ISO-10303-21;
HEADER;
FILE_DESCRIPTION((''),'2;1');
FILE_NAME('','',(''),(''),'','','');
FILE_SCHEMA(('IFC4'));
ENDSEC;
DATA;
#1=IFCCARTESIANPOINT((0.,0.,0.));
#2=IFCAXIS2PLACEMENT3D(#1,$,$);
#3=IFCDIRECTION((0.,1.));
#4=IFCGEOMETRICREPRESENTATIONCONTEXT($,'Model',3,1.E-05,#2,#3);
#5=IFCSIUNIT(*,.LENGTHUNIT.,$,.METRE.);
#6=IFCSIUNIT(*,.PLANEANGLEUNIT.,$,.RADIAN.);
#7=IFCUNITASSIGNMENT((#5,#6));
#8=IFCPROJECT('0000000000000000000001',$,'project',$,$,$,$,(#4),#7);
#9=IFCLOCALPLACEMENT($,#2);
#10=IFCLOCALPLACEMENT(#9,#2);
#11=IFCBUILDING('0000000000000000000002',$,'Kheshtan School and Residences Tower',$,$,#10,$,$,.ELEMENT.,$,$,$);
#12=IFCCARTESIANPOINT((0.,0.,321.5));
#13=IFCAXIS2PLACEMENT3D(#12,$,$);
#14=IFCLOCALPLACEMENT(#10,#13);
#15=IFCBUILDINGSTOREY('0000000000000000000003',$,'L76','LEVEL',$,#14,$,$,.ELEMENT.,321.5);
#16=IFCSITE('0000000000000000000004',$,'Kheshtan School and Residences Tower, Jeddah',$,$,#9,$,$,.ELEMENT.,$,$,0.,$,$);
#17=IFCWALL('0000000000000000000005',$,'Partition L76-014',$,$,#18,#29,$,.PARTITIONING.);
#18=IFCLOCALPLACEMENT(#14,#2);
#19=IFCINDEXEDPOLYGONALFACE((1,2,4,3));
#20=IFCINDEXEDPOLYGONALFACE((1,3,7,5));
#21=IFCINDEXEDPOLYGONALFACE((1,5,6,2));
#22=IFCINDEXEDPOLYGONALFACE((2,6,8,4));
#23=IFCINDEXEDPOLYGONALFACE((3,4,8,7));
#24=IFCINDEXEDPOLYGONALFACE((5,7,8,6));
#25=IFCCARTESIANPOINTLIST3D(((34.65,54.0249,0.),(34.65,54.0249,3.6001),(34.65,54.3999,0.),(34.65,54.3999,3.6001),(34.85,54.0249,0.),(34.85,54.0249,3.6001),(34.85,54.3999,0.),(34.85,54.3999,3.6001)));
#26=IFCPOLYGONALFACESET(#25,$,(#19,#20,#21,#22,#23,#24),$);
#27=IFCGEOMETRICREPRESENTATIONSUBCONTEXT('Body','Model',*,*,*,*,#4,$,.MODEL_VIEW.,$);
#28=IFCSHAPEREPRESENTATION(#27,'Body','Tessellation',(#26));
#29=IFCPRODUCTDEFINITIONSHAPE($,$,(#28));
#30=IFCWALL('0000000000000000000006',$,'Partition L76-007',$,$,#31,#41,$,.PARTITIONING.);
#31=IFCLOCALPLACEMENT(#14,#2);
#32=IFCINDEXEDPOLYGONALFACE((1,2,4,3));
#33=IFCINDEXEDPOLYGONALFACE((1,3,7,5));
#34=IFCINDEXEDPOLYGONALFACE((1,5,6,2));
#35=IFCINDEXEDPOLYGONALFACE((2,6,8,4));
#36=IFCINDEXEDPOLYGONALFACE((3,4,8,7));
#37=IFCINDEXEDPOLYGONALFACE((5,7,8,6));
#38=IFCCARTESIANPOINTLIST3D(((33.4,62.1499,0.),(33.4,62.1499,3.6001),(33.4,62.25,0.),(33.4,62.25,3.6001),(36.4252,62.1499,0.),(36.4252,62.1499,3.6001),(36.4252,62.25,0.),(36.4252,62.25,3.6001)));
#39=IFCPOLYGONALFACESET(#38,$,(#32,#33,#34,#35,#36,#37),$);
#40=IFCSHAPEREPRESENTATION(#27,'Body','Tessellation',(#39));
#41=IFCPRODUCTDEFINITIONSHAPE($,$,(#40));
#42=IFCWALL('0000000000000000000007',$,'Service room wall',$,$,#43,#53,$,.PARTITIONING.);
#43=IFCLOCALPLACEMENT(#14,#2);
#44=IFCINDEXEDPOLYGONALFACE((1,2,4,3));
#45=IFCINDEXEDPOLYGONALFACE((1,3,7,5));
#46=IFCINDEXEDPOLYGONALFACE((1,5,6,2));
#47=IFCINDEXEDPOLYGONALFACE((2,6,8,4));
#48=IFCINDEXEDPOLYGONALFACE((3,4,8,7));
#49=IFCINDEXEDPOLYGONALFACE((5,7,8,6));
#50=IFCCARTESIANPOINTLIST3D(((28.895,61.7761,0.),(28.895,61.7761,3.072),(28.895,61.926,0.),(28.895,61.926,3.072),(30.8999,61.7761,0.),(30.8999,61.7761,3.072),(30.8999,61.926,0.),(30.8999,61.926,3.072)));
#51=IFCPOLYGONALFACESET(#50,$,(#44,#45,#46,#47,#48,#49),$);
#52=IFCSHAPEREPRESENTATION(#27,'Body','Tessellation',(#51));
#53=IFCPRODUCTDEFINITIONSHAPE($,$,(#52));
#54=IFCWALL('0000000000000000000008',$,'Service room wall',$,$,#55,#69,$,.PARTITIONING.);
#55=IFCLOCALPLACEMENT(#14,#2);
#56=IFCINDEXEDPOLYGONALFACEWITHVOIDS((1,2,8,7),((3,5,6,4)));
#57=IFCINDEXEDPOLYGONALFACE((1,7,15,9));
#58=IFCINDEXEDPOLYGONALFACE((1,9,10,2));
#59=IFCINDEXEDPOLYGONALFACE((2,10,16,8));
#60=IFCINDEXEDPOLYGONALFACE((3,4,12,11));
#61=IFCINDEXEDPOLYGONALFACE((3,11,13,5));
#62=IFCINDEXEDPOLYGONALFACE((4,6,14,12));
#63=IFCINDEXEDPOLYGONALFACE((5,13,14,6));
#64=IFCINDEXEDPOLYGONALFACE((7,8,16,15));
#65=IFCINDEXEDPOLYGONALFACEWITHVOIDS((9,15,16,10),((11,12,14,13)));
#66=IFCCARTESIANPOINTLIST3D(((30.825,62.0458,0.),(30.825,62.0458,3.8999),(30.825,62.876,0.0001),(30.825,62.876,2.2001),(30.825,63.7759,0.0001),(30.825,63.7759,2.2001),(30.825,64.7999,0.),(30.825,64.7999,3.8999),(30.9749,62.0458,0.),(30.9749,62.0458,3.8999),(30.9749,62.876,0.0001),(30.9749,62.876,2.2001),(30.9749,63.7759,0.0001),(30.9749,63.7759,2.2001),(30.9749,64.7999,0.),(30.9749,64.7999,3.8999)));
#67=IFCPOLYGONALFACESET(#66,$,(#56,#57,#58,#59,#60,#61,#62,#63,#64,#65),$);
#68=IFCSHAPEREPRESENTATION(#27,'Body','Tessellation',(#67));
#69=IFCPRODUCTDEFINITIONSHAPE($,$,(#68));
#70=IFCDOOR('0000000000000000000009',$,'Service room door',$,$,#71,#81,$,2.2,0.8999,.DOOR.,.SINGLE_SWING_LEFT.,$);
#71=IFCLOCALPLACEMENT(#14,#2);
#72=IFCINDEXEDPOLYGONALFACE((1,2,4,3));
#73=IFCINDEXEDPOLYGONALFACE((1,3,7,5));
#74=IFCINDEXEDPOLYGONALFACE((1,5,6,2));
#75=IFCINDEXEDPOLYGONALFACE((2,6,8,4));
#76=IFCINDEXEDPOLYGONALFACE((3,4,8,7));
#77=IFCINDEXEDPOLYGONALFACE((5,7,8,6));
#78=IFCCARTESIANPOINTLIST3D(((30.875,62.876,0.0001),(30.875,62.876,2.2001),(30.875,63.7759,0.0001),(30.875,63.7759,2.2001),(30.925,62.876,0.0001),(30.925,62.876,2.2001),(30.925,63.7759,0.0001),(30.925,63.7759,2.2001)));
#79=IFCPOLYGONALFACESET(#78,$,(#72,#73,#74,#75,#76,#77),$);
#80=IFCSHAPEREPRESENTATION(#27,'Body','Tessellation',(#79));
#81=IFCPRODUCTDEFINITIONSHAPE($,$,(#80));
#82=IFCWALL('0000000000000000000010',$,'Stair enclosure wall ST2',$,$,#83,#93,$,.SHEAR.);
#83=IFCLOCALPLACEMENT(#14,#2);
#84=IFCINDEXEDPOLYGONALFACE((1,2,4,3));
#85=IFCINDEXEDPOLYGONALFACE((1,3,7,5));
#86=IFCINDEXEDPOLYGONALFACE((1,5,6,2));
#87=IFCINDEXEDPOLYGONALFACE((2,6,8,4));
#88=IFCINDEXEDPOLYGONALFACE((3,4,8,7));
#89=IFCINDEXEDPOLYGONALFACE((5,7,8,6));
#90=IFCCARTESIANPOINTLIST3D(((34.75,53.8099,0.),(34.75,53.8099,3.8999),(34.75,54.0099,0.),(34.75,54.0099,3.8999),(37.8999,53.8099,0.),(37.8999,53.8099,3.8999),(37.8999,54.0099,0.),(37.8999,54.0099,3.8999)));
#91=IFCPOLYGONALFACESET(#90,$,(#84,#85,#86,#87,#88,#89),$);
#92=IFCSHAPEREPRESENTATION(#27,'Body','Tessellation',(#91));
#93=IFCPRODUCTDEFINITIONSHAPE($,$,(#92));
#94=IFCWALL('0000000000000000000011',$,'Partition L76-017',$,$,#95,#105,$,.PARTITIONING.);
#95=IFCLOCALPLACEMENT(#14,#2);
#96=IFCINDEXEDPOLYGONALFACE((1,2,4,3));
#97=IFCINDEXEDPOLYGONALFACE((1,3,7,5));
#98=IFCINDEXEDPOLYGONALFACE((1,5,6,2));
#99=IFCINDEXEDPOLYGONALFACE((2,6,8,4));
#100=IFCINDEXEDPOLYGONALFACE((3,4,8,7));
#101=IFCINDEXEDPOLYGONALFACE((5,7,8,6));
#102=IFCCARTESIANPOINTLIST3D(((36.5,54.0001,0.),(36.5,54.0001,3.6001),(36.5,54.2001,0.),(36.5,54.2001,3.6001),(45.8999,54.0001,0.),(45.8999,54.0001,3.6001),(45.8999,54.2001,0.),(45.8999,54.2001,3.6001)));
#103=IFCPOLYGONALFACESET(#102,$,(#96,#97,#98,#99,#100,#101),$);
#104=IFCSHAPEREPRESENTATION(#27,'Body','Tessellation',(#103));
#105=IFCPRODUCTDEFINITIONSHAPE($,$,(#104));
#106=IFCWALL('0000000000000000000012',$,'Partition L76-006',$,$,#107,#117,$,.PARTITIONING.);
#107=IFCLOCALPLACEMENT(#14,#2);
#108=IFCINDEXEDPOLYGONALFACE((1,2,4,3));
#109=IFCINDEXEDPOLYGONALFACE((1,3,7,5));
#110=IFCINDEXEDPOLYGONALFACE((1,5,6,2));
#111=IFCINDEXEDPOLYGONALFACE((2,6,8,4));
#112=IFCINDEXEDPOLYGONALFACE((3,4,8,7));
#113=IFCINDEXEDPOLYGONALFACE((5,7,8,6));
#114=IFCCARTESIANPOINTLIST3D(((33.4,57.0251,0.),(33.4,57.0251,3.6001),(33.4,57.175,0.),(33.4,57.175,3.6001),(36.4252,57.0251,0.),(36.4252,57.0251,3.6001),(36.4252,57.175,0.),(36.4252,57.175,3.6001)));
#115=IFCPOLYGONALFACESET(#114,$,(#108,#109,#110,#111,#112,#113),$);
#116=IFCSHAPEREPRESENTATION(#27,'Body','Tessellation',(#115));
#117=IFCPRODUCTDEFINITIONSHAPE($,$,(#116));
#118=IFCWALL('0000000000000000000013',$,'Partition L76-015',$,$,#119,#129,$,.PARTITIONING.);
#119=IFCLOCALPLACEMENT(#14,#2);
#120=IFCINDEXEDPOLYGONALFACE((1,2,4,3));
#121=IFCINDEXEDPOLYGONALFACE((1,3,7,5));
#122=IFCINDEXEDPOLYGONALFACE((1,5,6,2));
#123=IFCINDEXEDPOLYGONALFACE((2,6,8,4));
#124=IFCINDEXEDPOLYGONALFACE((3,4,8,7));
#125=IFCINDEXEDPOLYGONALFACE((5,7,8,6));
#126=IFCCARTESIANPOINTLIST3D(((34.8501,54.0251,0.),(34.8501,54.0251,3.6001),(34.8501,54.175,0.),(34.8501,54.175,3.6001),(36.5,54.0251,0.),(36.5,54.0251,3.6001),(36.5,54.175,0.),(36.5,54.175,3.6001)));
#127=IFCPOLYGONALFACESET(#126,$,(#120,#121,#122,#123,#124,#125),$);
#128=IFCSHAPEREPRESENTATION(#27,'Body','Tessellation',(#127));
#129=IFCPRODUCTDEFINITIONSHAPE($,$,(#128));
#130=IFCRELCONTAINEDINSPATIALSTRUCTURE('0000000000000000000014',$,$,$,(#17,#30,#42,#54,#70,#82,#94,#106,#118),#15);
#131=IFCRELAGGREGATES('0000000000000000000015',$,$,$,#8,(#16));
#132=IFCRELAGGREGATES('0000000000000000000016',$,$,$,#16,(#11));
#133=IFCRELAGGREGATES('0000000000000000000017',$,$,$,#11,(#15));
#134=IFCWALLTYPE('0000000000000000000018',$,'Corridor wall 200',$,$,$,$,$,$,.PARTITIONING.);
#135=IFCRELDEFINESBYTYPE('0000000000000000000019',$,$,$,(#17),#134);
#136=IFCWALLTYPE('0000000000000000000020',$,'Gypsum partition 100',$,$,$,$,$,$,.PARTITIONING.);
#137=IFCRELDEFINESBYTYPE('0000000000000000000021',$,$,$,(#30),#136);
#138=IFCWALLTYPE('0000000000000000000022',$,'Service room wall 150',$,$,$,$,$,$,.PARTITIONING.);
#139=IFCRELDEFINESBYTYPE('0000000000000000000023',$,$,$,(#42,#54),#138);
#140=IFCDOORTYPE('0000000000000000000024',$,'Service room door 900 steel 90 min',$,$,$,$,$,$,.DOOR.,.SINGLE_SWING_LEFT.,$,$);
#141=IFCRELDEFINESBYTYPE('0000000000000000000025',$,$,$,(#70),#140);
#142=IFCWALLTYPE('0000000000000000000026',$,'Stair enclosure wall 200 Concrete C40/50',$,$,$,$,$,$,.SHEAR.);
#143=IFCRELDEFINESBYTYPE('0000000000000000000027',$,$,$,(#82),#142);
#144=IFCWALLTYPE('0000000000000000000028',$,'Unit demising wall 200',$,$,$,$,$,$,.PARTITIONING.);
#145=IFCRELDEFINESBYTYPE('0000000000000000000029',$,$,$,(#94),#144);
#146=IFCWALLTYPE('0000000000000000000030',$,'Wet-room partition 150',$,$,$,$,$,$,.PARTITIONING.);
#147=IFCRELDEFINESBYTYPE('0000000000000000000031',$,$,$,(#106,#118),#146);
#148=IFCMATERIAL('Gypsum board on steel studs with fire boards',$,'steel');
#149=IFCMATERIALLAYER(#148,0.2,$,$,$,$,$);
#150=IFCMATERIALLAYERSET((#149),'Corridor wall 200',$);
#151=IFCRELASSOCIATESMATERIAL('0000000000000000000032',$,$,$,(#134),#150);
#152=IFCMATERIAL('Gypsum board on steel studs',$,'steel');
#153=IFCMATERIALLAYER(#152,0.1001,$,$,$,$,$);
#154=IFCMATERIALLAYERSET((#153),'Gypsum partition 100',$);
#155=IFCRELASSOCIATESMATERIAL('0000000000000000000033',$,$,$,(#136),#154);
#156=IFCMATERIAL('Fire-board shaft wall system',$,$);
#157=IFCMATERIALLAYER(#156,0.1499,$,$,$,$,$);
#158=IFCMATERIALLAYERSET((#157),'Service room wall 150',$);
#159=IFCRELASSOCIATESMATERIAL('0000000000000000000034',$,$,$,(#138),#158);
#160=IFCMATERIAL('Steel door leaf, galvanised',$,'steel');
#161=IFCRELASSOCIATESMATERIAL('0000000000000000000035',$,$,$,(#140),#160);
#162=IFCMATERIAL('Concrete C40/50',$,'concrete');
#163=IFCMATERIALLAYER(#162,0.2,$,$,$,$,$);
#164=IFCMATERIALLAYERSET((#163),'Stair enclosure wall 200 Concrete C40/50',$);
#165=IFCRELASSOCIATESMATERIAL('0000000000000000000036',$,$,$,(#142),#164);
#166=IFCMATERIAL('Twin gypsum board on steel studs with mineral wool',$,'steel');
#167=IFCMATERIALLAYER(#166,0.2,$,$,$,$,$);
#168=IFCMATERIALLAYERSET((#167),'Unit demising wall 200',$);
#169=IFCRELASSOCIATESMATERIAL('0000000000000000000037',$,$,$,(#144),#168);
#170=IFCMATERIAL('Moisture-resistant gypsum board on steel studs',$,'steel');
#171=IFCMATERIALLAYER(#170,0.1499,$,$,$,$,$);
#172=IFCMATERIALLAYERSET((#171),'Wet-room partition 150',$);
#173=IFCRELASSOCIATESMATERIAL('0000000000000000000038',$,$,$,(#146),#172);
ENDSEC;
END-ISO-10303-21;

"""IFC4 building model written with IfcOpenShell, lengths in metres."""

from ifc_helpers import new_model, si_unit, direction, frame, frame_2d, origin, place, context, subcontext, project, spatial, rectangle, extrude, source, transform, mapped, material, layer, layer_set, type_object, element, fill, save


model = new_model("IFC4")

# Units and contexts
model_context = context("Model", 3, precision=1e-05, world=origin(), true_north=direction((0.0, 1.0)))
body_context = subcontext(model_context, "Body", "Model", "MODEL_VIEW")
ifc_project = project(units=[si_unit("LENGTHUNIT", "METRE"), si_unit("PLANEANGLEUNIT", "RADIAN")], contexts=[model_context])

# Site, building, storey
site_placement = place(None, origin())
site = spatial("IfcSite", under=ifc_project, at=site_placement, Name="Kheshtan School and Residences Tower, Jeddah", CompositionType="ELEMENT", RefElevation=0.0)
building_placement = place(site_placement, origin())
building = spatial("IfcBuilding", under=site, at=building_placement, Name="Kheshtan School and Residences Tower", CompositionType="ELEMENT")
storey_placement = place(building_placement, frame((0.0, 0.0, 321.5)))
storey = spatial("IfcBuildingStorey", under=building, at=storey_placement, Name="L76", Description="LEVEL", CompositionType="ELEMENT", Elevation=321.5)

# Shared definitions
ifc_material_1 = material(Name="Gypsum board on steel studs with fire boards", Category="steel")
ifc_layer_1 = layer(ifc_material_1, 0.2)
ifc_layer_set_1 = layer_set([ifc_layer_1], Name="Corridor wall 200")
wall_type_1 = type_object("IfcWallType", Name="Corridor wall 200", PredefinedType="PARTITIONING", material=ifc_layer_set_1)

# Walls
wall_1_placement = place(storey_placement, frame((34.75, 54.0249, 0.0), z_axis=(0.0, 0.0, 1.0), x_axis=(0.0, 1.0, 0.0)))
element("IfcWall", 1, at=wall_1_placement, inside=storey, type_object=wall_type_1, Name="Partition L76-014", PredefinedType="PARTITIONING", context=body_context, shape_type="SweptSolid", body=[
    extrude(rectangle(XDim=0.375, YDim=0.2, at=frame_2d((0.1875, 0.0))), origin(), (0.0, 0.0, 1.0), 3.6001),
])
ifc_material_2 = material(Name="Gypsum board on steel studs", Category="steel")
ifc_layer_2 = layer(ifc_material_2, 0.1001)
ifc_layer_set_2 = layer_set([ifc_layer_2], Name="Gypsum partition 100")
wall_type_2 = type_object("IfcWallType", Name="Gypsum partition 100", PredefinedType="PARTITIONING", material=ifc_layer_set_2)
wall_2_placement = place(storey_placement, frame((33.3999, 62.2, 0.0), z_axis=(0.0, 0.0, 1.0), x_axis=(1.0, 0.0, 0.0)))
element("IfcWall", 2, at=wall_2_placement, inside=storey, type_object=wall_type_2, Name="Partition L76-007", PredefinedType="PARTITIONING", context=body_context, shape_type="SweptSolid", body=[
    extrude(rectangle(XDim=3.0251, YDim=0.1001, at=frame_2d((1.5127, 0.0))), origin(), (0.0, 0.0, 1.0), 3.6001),
])
ifc_material_3 = material(Name="Fire-board shaft wall system")
ifc_layer_3 = layer(ifc_material_3, 0.1499)
ifc_layer_set_3 = layer_set([ifc_layer_3], Name="Service room wall 150")
wall_type_3 = type_object("IfcWallType", Name="Service room wall 150", PredefinedType="PARTITIONING", material=ifc_layer_set_3)
wall_3_placement = place(storey_placement, frame((28.895, 61.8511, 0.0), z_axis=(0.0, 0.0, 1.0), x_axis=(1.0, 0.0, 0.0)))
element("IfcWall", 3, at=wall_3_placement, inside=storey, type_object=wall_type_3, Name="Service room wall", PredefinedType="PARTITIONING", context=body_context, shape_type="SweptSolid", body=[
    extrude(rectangle(XDim=2.0049, YDim=0.1499, at=frame_2d((1.0024, 0.0))), origin(), (0.0, 0.0, 1.0), 3.072),
])

# Wall, opening, door
wall_4_placement = place(storey_placement, frame((30.8999, 62.0459, 0.0), z_axis=(0.0, 0.0, 1.0), x_axis=(0.0, 1.0, 0.0)))
wall_4 = element("IfcWall", 4, at=wall_4_placement, inside=storey, type_object=wall_type_3, Name="Service room wall", PredefinedType="PARTITIONING", context=body_context, shape_type="SweptSolid", body=[
    extrude(rectangle(XDim=2.7542, YDim=0.1499, at=frame_2d((1.377, 0.0))), origin(), (0.0, 0.0, 1.0), 3.8999),
])
opening_1_placement = place(wall_4_placement, frame((0.8301, 0.0, 0.0)))
opening_1 = element("IfcOpeningElement", 5, at=opening_1_placement, cuts=wall_4, PredefinedType="OPENING", context=body_context, shape_type="SweptSolid", body=[
    extrude(rectangle(XDim=0.8999, YDim=2.2, at=frame_2d((0.45, 1.1001))), frame((0.0, 0.085, 0.0), z_axis=(0.0, -1.0, 0.0), x_axis=(1.0, 0.0, 0.0)), (0.0, 0.0, 1.0), 0.1699),
])
ifc_material_4 = material(Name="Steel door leaf, galvanised", Category="steel")
door_type_1 = type_object("IfcDoorType", Name="Service room door 900 steel 90 min", OperationType="SINGLE_SWING_LEFT", PredefinedType="DOOR", material=ifc_material_4)
shared_shape_1 = source(origin(), body_context, "Body", "SweptSolid", [
    extrude(rectangle(XDim=0.8999, YDim=2.2, at=frame_2d((0.45, 1.1001))), frame((0.0, 0.0249, 0.0), z_axis=(0.0, -1.0, 0.0), x_axis=(1.0, 0.0, 0.0)), (0.0, 0.0, 1.0), 0.05),
])
door_1_placement = place(opening_1_placement, origin())
door_1 = element("IfcDoor", 6, at=door_1_placement, inside=storey, type_object=door_type_1, Name="Service room door", OperationType="SINGLE_SWING_LEFT", OverallHeight=2.2, OverallWidth=0.8999, PredefinedType="DOOR", context=body_context, shape_type="MappedRepresentation", body=[
    mapped(shared_shape_1, transform((0.0, 0.0, 0.0), x_axis=(1.0, 0.0, 0.0), y_axis=(0.0, 1.0, 0.0), z_axis=(0.0, 0.0, 1.0), scale=1.0)),
])
fill(opening_1, door_1)

# Walls
ifc_material_5 = material(Name="Concrete C40/50", Category="concrete")
ifc_layer_4 = layer(ifc_material_5, 0.2)
ifc_layer_set_4 = layer_set([ifc_layer_4], Name="Stair enclosure wall 200 Concrete C40/50")
wall_type_4 = type_object("IfcWallType", Name="Stair enclosure wall 200 Concrete C40/50", PredefinedType="SHEAR", material=ifc_layer_set_4)
wall_5_placement = place(storey_placement, frame((34.75, 53.9099, 0.0), z_axis=(0.0, 0.0, 1.0), x_axis=(1.0, 0.0, 0.0)))
element("IfcWall", 7, at=wall_5_placement, inside=storey, type_object=wall_type_4, Name="Stair enclosure wall ST2", PredefinedType="SHEAR", context=body_context, shape_type="SweptSolid", body=[
    extrude(rectangle(XDim=3.1499, YDim=0.2, at=frame_2d((1.575, 0.0))), origin(), (0.0, 0.0, 1.0), 3.8999),
])
ifc_material_6 = material(Name="Twin gypsum board on steel studs with mineral wool", Category="steel")
ifc_layer_5 = layer(ifc_material_6, 0.2)
ifc_layer_set_5 = layer_set([ifc_layer_5], Name="Unit demising wall 200")
wall_type_5 = type_object("IfcWallType", Name="Unit demising wall 200", PredefinedType="PARTITIONING", material=ifc_layer_set_5)
wall_6_placement = place(storey_placement, frame((36.5, 54.1001, 0.0), z_axis=(0.0, 0.0, 1.0), x_axis=(1.0, 0.0, 0.0)))
element("IfcWall", 8, at=wall_6_placement, inside=storey, type_object=wall_type_5, Name="Partition L76-017", PredefinedType="PARTITIONING", context=body_context, shape_type="SweptSolid", body=[
    extrude(rectangle(XDim=9.3999, YDim=0.2, at=frame_2d((4.7, 0.0))), origin(), (0.0, 0.0, 1.0), 3.6001),
])
ifc_material_7 = material(Name="Moisture-resistant gypsum board on steel studs", Category="steel")
ifc_layer_6 = layer(ifc_material_7, 0.1499)
ifc_layer_set_6 = layer_set([ifc_layer_6], Name="Wet-room partition 150")
wall_type_6 = type_object("IfcWallType", Name="Wet-room partition 150", PredefinedType="PARTITIONING", material=ifc_layer_set_6)
wall_7_placement = place(storey_placement, frame((33.3999, 57.1001, 0.0), z_axis=(0.0, 0.0, 1.0), x_axis=(1.0, 0.0, 0.0)))
element("IfcWall", 9, at=wall_7_placement, inside=storey, type_object=wall_type_6, Name="Partition L76-006", PredefinedType="PARTITIONING", context=body_context, shape_type="SweptSolid", body=[
    extrude(rectangle(XDim=3.0251, YDim=0.1499, at=frame_2d((1.5127, 0.0))), origin(), (0.0, 0.0, 1.0), 3.6001),
])
wall_8_placement = place(storey_placement, frame((34.8501, 54.1001, 0.0), z_axis=(0.0, 0.0, 1.0), x_axis=(1.0, 0.0, 0.0)))
element("IfcWall", 10, at=wall_8_placement, inside=storey, type_object=wall_type_6, Name="Partition L76-015", PredefinedType="PARTITIONING", context=body_context, shape_type="SweptSolid", body=[
    extrude(rectangle(XDim=1.6499, YDim=0.1499, at=frame_2d((0.825, 0.0))), origin(), (0.0, 0.0, 1.0), 3.6001),
])

save(model, "model.ifc")
